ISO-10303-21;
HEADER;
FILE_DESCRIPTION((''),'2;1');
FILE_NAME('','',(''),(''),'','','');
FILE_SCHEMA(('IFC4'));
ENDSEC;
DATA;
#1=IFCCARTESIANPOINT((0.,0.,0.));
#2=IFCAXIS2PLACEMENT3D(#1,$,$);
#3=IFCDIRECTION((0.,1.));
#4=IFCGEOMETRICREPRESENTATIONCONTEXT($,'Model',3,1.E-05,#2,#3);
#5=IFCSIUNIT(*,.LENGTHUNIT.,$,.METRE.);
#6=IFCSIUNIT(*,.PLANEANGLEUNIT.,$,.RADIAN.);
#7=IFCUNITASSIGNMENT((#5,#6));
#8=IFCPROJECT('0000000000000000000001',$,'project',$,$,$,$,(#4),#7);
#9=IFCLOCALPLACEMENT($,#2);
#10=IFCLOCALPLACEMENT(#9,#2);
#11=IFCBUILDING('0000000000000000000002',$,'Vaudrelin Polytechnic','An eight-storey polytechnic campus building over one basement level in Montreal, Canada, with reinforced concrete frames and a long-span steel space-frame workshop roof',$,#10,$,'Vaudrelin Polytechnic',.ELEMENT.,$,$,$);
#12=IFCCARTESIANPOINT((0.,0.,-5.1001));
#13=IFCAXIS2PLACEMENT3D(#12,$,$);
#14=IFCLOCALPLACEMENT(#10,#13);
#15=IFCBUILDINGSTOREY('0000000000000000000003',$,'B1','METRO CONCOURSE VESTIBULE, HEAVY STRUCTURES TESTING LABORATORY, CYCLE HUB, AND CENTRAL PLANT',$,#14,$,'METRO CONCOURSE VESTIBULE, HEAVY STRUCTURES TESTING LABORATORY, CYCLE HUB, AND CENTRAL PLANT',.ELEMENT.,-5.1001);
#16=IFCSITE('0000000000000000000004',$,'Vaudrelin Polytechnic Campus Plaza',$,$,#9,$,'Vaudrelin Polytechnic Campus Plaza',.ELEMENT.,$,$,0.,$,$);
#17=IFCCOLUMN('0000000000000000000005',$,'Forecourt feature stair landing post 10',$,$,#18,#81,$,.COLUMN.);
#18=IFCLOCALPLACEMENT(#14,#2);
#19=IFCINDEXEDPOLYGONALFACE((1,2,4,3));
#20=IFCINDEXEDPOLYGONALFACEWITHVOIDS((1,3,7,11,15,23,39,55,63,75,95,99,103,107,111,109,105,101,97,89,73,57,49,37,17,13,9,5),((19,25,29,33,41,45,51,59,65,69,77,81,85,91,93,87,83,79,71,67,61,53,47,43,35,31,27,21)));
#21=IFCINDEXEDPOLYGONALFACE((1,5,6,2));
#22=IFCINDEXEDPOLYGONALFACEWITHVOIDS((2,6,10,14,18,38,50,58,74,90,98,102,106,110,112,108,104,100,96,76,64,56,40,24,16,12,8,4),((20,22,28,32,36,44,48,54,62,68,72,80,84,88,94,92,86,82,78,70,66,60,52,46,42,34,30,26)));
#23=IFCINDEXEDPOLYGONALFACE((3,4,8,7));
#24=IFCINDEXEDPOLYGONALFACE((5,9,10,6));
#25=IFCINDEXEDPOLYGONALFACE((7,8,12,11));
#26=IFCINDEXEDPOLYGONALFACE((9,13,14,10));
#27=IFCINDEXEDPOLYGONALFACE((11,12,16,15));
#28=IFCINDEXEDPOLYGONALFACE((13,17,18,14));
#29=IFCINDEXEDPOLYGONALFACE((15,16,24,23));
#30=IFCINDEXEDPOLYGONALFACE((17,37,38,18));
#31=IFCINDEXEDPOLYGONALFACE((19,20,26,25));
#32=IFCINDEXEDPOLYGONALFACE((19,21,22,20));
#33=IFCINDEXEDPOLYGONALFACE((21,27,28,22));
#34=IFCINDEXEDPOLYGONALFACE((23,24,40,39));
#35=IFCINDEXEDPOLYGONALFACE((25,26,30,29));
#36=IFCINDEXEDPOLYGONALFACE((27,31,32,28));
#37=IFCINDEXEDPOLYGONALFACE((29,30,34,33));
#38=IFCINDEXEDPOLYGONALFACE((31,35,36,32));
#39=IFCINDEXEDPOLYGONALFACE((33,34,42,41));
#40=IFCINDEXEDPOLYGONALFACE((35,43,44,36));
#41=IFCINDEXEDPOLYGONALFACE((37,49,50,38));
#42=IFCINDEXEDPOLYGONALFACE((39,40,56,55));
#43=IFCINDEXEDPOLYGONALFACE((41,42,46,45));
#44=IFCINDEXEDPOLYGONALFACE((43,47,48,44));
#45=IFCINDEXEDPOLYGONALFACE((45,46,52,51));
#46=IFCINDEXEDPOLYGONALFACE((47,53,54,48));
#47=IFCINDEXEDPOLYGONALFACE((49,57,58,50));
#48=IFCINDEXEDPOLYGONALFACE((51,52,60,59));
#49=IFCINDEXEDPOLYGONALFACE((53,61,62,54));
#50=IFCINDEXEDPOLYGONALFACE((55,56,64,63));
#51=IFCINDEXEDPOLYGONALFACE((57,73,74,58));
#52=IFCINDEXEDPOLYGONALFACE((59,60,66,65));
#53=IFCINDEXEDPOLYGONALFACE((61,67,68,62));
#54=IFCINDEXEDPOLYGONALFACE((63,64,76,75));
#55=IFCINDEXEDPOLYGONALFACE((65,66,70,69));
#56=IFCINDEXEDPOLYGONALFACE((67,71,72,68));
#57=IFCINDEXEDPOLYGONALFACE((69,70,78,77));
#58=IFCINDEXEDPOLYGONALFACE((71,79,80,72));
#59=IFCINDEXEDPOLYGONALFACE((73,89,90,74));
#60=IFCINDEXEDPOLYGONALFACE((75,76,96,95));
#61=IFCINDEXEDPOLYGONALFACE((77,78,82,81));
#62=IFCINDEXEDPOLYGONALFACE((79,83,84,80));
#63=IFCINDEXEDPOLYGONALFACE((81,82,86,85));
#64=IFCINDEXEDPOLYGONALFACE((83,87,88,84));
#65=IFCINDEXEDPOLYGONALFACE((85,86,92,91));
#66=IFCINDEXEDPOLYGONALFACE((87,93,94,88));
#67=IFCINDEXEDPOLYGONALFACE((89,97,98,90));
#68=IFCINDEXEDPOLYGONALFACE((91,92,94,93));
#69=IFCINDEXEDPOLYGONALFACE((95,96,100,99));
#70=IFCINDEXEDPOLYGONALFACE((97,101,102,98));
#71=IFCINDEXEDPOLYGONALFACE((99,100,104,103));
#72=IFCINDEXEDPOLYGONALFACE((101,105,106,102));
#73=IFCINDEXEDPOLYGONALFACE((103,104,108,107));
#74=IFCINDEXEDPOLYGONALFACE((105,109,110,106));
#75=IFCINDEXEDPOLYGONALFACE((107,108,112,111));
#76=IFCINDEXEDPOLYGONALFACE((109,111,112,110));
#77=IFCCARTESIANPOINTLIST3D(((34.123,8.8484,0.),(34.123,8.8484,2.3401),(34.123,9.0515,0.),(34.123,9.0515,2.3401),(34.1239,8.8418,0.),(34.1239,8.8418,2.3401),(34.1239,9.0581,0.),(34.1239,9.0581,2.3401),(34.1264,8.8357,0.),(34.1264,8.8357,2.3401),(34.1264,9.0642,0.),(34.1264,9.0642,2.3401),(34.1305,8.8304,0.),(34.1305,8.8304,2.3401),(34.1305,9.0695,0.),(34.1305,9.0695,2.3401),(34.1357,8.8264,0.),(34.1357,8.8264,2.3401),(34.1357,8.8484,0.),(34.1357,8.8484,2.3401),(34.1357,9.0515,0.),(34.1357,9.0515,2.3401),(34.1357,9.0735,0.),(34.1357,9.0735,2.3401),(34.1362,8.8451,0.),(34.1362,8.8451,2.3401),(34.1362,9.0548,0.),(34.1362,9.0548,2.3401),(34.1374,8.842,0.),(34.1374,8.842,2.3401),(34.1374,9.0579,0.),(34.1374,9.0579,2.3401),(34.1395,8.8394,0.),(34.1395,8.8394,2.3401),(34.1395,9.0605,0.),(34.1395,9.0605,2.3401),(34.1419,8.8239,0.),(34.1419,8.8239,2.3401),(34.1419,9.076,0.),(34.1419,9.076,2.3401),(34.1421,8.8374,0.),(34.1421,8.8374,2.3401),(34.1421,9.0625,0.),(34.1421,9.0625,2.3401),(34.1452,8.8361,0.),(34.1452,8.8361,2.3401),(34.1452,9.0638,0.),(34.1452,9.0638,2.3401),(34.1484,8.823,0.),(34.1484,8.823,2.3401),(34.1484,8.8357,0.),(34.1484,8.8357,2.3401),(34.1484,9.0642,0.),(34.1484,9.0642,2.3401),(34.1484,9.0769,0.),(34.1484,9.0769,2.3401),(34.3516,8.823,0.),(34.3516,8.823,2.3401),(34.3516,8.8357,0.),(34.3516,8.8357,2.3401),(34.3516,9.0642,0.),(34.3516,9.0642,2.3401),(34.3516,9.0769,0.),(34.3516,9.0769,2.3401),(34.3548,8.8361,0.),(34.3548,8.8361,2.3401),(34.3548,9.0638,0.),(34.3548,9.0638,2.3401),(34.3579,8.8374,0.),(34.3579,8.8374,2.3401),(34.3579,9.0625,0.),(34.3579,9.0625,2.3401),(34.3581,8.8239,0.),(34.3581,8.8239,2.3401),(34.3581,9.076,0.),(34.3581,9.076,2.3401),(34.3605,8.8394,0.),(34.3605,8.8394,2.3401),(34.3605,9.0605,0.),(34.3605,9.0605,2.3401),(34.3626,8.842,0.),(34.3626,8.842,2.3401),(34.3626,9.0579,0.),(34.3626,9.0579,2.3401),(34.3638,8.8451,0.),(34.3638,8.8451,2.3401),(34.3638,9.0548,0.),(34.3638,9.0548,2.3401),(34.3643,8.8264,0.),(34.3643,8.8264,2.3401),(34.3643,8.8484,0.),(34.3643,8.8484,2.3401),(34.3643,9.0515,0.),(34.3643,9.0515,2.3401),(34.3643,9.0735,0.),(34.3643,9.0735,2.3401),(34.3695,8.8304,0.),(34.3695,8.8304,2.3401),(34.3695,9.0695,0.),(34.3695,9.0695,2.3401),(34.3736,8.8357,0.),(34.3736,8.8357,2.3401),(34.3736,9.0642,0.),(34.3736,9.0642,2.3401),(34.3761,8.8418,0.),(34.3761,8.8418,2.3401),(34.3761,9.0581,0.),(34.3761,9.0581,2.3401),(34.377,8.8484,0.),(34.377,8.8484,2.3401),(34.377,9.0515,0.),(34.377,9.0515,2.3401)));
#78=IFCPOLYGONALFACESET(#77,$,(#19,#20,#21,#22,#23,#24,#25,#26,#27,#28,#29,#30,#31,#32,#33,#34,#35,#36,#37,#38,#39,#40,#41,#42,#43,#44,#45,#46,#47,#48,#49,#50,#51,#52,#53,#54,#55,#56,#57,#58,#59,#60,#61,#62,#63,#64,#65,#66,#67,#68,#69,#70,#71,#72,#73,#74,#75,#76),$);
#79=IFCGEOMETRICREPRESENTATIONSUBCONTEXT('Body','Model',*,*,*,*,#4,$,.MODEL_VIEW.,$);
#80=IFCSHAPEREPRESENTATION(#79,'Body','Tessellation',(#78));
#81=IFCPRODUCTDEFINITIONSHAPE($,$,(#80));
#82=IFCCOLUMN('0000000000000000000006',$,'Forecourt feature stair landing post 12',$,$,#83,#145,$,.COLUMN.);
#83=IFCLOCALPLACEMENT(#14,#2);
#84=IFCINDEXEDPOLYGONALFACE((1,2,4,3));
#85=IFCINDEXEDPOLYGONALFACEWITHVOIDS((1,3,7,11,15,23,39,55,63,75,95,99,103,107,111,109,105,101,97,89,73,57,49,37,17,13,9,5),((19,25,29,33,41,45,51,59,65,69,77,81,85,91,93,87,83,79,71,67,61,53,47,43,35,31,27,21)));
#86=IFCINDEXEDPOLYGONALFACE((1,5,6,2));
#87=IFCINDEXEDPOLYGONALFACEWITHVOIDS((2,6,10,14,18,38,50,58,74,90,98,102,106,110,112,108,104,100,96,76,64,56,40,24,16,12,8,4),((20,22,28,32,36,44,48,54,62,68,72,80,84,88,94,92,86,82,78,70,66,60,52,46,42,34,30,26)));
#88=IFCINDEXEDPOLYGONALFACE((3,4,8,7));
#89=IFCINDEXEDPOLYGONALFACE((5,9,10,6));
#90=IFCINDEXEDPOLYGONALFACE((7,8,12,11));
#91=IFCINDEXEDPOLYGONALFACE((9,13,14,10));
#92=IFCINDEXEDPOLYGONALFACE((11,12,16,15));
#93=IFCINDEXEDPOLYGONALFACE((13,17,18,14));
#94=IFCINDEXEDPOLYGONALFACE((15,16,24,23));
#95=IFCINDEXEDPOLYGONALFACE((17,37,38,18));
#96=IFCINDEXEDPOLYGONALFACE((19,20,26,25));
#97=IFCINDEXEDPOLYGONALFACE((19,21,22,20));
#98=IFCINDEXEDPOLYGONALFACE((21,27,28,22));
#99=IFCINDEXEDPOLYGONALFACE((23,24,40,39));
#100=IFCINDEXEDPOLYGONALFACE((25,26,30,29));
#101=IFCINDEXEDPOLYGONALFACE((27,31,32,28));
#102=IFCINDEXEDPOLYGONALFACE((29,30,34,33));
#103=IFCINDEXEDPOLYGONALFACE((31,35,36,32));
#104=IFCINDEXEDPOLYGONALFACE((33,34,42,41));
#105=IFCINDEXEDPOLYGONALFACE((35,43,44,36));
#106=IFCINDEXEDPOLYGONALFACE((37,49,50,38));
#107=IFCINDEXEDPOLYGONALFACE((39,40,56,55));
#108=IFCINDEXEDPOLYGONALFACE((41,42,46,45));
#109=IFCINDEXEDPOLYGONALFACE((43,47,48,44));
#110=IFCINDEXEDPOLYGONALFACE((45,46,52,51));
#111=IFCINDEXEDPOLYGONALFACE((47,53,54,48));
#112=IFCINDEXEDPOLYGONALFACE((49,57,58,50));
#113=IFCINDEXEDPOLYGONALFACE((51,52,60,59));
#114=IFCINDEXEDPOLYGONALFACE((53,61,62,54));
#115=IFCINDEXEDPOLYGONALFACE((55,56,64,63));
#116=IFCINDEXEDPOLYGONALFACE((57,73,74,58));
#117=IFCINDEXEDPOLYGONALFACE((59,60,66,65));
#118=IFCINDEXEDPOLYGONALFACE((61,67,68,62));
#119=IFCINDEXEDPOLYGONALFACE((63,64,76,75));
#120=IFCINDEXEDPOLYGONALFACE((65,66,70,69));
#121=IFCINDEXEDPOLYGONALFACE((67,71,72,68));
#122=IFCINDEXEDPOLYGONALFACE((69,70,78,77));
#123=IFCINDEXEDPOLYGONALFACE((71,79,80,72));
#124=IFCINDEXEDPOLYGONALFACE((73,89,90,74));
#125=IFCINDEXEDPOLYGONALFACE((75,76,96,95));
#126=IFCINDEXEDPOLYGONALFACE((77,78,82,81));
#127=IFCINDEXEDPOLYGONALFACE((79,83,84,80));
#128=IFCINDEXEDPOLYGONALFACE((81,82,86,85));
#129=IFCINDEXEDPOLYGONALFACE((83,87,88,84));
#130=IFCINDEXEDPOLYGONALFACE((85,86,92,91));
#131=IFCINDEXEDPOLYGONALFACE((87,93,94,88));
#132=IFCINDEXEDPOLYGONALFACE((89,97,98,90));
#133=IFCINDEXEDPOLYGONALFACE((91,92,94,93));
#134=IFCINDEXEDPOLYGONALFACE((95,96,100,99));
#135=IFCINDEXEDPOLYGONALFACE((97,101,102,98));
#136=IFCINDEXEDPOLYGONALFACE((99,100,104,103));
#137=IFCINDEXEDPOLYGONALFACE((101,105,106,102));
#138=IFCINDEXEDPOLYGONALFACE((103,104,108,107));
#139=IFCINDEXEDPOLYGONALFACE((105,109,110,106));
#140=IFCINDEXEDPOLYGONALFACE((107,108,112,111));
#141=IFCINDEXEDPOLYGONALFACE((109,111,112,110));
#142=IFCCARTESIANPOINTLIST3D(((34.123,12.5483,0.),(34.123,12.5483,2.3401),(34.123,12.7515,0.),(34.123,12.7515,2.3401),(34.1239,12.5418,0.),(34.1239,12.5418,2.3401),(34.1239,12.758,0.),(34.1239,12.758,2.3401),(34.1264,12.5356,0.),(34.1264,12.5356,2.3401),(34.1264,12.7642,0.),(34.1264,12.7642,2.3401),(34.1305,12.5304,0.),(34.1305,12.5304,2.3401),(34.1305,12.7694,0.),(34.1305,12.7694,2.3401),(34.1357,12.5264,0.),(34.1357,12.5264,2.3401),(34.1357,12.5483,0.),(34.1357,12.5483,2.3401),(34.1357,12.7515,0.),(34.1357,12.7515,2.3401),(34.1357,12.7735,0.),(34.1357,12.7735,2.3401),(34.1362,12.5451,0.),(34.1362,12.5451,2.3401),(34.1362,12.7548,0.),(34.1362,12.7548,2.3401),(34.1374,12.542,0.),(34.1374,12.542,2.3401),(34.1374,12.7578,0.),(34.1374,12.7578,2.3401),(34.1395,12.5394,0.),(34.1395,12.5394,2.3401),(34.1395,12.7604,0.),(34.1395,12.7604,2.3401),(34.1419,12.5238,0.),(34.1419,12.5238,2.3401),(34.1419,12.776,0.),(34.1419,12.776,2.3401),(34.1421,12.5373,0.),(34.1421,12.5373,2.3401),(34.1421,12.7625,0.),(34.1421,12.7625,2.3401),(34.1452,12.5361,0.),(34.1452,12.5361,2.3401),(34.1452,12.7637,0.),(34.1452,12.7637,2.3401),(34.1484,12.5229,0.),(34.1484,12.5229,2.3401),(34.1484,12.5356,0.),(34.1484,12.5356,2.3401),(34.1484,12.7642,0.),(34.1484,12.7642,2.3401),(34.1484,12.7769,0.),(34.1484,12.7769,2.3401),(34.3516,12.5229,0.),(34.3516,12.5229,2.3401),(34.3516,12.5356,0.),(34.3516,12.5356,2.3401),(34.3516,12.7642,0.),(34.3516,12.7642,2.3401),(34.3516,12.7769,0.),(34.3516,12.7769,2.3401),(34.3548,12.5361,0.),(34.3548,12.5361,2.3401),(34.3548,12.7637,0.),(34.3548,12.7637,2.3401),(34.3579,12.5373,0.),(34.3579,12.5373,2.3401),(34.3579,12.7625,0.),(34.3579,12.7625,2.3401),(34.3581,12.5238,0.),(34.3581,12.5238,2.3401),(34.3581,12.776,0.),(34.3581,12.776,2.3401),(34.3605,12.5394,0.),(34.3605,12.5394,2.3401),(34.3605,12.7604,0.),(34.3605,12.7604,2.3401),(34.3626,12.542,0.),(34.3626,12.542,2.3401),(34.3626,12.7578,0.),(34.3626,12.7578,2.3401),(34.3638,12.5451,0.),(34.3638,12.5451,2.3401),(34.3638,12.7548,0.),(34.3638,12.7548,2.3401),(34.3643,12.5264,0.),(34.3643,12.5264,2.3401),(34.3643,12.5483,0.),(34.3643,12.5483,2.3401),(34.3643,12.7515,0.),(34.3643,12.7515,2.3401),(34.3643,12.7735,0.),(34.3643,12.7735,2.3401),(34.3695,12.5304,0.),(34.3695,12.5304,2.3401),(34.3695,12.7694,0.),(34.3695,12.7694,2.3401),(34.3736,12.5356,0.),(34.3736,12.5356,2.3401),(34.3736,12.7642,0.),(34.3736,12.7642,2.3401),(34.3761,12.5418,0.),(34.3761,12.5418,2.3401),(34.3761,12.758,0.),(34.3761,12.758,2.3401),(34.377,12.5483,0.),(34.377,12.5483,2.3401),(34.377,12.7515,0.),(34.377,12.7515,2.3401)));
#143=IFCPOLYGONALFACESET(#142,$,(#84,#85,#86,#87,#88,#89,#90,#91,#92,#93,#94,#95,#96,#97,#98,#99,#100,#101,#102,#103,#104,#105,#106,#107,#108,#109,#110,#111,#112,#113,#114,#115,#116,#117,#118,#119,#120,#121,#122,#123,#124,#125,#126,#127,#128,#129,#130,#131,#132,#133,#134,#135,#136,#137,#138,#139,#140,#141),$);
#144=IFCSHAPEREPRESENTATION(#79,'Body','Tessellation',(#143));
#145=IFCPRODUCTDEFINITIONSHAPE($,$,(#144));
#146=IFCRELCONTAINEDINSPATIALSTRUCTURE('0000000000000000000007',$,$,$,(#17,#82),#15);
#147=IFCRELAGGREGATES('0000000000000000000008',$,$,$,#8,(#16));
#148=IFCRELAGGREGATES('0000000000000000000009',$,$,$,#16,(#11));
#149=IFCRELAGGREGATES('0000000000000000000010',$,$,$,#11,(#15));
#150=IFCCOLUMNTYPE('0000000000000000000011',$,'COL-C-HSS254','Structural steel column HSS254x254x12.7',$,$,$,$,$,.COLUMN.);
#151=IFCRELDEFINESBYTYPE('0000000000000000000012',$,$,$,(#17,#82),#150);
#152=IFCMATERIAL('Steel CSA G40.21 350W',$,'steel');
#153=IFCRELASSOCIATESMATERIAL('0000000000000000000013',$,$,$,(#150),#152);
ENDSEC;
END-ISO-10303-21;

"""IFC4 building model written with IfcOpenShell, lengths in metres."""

from ifc_helpers import new_model, si_unit, direction, frame, origin, origin_2d, place, context, subcontext, project, spatial, hollow_rectangle, extrude, material, material_profile, profile_set, type_object, element, save


model = new_model("IFC4")

# Units and contexts
model_context = context("Model", 3, precision=1e-05, world=origin(), true_north=direction((0.0, 1.0)))
body_context = subcontext(model_context, "Body", "Model", "MODEL_VIEW")
ifc_project = project(units=[si_unit("LENGTHUNIT", "METRE"), si_unit("PLANEANGLEUNIT", "RADIAN")], contexts=[model_context])

# Site, building, storey
site_placement = place(None, origin())
site = spatial("IfcSite", under=ifc_project, at=site_placement, Name="Vaudrelin Polytechnic Campus Plaza", LongName="Vaudrelin Polytechnic Campus Plaza", CompositionType="ELEMENT", RefElevation=0.0)
building_placement = place(site_placement, origin())
building = spatial("IfcBuilding", under=site, at=building_placement, Name="Vaudrelin Polytechnic", Description="An eight-storey polytechnic campus building over one basement level in Montreal, Canada, with reinforced concrete frames and a long-span steel space-frame workshop roof", LongName="Vaudrelin Polytechnic", CompositionType="ELEMENT")
storey_placement = place(building_placement, frame((0.0, 0.0, -5.1001)))
storey = spatial("IfcBuildingStorey", under=building, at=storey_placement, Name="B1", Description="METRO CONCOURSE VESTIBULE, HEAVY STRUCTURES TESTING LABORATORY, CYCLE HUB, AND CENTRAL PLANT", LongName="METRO CONCOURSE VESTIBULE, HEAVY STRUCTURES TESTING LABORATORY, CYCLE HUB, AND CENTRAL PLANT", CompositionType="ELEMENT", Elevation=-5.1001)

# Columns
ifc_material_1 = material(Name="Steel CSA G40.21 350W", Category="steel")
ifc_material_profile_1 = material_profile(ifc_material_1, hollow_rectangle(XDim=0.2539, YDim=0.2539, WallThickness=0.0127, InnerFilletRadius=0.0127, OuterFilletRadius=0.0254, at=origin_2d()), Name="HSS254x254x12.7")
ifc_profile_set_1 = profile_set([ifc_material_profile_1], Name="Steel CSA G40.21 350W")
column_type_1 = type_object("IfcColumnType", Name="COL-C-HSS254", Description="Structural steel column HSS254x254x12.7", PredefinedType="COLUMN", material=ifc_profile_set_1)
for number, where, z_axis, x_axis, name in (
    (1, (34.25, 8.95, 0.0), (0.0, 0.0, 1.0), (1.0, 0.0, 0.0), "Forecourt feature stair landing post 10"),
    (2, (34.25, 12.6499, 0.0), (0.0, 0.0, 1.0), (1.0, 0.0, 0.0), "Forecourt feature stair landing post 12"),
):
    element("IfcColumn", number, at=place(storey_placement, frame(where, z_axis=z_axis, x_axis=x_axis)), inside=storey, type_object=column_type_1, Name=name, PredefinedType="COLUMN", context=body_context, shape_type="SweptSolid", body=[
        extrude(hollow_rectangle(XDim=0.2539, YDim=0.2539, WallThickness=0.0127, InnerFilletRadius=0.0127, OuterFilletRadius=0.0254, at=origin_2d()), origin(), (0.0, 0.0, 1.0), 2.3401),
    ])

save(model, "model.ifc")
